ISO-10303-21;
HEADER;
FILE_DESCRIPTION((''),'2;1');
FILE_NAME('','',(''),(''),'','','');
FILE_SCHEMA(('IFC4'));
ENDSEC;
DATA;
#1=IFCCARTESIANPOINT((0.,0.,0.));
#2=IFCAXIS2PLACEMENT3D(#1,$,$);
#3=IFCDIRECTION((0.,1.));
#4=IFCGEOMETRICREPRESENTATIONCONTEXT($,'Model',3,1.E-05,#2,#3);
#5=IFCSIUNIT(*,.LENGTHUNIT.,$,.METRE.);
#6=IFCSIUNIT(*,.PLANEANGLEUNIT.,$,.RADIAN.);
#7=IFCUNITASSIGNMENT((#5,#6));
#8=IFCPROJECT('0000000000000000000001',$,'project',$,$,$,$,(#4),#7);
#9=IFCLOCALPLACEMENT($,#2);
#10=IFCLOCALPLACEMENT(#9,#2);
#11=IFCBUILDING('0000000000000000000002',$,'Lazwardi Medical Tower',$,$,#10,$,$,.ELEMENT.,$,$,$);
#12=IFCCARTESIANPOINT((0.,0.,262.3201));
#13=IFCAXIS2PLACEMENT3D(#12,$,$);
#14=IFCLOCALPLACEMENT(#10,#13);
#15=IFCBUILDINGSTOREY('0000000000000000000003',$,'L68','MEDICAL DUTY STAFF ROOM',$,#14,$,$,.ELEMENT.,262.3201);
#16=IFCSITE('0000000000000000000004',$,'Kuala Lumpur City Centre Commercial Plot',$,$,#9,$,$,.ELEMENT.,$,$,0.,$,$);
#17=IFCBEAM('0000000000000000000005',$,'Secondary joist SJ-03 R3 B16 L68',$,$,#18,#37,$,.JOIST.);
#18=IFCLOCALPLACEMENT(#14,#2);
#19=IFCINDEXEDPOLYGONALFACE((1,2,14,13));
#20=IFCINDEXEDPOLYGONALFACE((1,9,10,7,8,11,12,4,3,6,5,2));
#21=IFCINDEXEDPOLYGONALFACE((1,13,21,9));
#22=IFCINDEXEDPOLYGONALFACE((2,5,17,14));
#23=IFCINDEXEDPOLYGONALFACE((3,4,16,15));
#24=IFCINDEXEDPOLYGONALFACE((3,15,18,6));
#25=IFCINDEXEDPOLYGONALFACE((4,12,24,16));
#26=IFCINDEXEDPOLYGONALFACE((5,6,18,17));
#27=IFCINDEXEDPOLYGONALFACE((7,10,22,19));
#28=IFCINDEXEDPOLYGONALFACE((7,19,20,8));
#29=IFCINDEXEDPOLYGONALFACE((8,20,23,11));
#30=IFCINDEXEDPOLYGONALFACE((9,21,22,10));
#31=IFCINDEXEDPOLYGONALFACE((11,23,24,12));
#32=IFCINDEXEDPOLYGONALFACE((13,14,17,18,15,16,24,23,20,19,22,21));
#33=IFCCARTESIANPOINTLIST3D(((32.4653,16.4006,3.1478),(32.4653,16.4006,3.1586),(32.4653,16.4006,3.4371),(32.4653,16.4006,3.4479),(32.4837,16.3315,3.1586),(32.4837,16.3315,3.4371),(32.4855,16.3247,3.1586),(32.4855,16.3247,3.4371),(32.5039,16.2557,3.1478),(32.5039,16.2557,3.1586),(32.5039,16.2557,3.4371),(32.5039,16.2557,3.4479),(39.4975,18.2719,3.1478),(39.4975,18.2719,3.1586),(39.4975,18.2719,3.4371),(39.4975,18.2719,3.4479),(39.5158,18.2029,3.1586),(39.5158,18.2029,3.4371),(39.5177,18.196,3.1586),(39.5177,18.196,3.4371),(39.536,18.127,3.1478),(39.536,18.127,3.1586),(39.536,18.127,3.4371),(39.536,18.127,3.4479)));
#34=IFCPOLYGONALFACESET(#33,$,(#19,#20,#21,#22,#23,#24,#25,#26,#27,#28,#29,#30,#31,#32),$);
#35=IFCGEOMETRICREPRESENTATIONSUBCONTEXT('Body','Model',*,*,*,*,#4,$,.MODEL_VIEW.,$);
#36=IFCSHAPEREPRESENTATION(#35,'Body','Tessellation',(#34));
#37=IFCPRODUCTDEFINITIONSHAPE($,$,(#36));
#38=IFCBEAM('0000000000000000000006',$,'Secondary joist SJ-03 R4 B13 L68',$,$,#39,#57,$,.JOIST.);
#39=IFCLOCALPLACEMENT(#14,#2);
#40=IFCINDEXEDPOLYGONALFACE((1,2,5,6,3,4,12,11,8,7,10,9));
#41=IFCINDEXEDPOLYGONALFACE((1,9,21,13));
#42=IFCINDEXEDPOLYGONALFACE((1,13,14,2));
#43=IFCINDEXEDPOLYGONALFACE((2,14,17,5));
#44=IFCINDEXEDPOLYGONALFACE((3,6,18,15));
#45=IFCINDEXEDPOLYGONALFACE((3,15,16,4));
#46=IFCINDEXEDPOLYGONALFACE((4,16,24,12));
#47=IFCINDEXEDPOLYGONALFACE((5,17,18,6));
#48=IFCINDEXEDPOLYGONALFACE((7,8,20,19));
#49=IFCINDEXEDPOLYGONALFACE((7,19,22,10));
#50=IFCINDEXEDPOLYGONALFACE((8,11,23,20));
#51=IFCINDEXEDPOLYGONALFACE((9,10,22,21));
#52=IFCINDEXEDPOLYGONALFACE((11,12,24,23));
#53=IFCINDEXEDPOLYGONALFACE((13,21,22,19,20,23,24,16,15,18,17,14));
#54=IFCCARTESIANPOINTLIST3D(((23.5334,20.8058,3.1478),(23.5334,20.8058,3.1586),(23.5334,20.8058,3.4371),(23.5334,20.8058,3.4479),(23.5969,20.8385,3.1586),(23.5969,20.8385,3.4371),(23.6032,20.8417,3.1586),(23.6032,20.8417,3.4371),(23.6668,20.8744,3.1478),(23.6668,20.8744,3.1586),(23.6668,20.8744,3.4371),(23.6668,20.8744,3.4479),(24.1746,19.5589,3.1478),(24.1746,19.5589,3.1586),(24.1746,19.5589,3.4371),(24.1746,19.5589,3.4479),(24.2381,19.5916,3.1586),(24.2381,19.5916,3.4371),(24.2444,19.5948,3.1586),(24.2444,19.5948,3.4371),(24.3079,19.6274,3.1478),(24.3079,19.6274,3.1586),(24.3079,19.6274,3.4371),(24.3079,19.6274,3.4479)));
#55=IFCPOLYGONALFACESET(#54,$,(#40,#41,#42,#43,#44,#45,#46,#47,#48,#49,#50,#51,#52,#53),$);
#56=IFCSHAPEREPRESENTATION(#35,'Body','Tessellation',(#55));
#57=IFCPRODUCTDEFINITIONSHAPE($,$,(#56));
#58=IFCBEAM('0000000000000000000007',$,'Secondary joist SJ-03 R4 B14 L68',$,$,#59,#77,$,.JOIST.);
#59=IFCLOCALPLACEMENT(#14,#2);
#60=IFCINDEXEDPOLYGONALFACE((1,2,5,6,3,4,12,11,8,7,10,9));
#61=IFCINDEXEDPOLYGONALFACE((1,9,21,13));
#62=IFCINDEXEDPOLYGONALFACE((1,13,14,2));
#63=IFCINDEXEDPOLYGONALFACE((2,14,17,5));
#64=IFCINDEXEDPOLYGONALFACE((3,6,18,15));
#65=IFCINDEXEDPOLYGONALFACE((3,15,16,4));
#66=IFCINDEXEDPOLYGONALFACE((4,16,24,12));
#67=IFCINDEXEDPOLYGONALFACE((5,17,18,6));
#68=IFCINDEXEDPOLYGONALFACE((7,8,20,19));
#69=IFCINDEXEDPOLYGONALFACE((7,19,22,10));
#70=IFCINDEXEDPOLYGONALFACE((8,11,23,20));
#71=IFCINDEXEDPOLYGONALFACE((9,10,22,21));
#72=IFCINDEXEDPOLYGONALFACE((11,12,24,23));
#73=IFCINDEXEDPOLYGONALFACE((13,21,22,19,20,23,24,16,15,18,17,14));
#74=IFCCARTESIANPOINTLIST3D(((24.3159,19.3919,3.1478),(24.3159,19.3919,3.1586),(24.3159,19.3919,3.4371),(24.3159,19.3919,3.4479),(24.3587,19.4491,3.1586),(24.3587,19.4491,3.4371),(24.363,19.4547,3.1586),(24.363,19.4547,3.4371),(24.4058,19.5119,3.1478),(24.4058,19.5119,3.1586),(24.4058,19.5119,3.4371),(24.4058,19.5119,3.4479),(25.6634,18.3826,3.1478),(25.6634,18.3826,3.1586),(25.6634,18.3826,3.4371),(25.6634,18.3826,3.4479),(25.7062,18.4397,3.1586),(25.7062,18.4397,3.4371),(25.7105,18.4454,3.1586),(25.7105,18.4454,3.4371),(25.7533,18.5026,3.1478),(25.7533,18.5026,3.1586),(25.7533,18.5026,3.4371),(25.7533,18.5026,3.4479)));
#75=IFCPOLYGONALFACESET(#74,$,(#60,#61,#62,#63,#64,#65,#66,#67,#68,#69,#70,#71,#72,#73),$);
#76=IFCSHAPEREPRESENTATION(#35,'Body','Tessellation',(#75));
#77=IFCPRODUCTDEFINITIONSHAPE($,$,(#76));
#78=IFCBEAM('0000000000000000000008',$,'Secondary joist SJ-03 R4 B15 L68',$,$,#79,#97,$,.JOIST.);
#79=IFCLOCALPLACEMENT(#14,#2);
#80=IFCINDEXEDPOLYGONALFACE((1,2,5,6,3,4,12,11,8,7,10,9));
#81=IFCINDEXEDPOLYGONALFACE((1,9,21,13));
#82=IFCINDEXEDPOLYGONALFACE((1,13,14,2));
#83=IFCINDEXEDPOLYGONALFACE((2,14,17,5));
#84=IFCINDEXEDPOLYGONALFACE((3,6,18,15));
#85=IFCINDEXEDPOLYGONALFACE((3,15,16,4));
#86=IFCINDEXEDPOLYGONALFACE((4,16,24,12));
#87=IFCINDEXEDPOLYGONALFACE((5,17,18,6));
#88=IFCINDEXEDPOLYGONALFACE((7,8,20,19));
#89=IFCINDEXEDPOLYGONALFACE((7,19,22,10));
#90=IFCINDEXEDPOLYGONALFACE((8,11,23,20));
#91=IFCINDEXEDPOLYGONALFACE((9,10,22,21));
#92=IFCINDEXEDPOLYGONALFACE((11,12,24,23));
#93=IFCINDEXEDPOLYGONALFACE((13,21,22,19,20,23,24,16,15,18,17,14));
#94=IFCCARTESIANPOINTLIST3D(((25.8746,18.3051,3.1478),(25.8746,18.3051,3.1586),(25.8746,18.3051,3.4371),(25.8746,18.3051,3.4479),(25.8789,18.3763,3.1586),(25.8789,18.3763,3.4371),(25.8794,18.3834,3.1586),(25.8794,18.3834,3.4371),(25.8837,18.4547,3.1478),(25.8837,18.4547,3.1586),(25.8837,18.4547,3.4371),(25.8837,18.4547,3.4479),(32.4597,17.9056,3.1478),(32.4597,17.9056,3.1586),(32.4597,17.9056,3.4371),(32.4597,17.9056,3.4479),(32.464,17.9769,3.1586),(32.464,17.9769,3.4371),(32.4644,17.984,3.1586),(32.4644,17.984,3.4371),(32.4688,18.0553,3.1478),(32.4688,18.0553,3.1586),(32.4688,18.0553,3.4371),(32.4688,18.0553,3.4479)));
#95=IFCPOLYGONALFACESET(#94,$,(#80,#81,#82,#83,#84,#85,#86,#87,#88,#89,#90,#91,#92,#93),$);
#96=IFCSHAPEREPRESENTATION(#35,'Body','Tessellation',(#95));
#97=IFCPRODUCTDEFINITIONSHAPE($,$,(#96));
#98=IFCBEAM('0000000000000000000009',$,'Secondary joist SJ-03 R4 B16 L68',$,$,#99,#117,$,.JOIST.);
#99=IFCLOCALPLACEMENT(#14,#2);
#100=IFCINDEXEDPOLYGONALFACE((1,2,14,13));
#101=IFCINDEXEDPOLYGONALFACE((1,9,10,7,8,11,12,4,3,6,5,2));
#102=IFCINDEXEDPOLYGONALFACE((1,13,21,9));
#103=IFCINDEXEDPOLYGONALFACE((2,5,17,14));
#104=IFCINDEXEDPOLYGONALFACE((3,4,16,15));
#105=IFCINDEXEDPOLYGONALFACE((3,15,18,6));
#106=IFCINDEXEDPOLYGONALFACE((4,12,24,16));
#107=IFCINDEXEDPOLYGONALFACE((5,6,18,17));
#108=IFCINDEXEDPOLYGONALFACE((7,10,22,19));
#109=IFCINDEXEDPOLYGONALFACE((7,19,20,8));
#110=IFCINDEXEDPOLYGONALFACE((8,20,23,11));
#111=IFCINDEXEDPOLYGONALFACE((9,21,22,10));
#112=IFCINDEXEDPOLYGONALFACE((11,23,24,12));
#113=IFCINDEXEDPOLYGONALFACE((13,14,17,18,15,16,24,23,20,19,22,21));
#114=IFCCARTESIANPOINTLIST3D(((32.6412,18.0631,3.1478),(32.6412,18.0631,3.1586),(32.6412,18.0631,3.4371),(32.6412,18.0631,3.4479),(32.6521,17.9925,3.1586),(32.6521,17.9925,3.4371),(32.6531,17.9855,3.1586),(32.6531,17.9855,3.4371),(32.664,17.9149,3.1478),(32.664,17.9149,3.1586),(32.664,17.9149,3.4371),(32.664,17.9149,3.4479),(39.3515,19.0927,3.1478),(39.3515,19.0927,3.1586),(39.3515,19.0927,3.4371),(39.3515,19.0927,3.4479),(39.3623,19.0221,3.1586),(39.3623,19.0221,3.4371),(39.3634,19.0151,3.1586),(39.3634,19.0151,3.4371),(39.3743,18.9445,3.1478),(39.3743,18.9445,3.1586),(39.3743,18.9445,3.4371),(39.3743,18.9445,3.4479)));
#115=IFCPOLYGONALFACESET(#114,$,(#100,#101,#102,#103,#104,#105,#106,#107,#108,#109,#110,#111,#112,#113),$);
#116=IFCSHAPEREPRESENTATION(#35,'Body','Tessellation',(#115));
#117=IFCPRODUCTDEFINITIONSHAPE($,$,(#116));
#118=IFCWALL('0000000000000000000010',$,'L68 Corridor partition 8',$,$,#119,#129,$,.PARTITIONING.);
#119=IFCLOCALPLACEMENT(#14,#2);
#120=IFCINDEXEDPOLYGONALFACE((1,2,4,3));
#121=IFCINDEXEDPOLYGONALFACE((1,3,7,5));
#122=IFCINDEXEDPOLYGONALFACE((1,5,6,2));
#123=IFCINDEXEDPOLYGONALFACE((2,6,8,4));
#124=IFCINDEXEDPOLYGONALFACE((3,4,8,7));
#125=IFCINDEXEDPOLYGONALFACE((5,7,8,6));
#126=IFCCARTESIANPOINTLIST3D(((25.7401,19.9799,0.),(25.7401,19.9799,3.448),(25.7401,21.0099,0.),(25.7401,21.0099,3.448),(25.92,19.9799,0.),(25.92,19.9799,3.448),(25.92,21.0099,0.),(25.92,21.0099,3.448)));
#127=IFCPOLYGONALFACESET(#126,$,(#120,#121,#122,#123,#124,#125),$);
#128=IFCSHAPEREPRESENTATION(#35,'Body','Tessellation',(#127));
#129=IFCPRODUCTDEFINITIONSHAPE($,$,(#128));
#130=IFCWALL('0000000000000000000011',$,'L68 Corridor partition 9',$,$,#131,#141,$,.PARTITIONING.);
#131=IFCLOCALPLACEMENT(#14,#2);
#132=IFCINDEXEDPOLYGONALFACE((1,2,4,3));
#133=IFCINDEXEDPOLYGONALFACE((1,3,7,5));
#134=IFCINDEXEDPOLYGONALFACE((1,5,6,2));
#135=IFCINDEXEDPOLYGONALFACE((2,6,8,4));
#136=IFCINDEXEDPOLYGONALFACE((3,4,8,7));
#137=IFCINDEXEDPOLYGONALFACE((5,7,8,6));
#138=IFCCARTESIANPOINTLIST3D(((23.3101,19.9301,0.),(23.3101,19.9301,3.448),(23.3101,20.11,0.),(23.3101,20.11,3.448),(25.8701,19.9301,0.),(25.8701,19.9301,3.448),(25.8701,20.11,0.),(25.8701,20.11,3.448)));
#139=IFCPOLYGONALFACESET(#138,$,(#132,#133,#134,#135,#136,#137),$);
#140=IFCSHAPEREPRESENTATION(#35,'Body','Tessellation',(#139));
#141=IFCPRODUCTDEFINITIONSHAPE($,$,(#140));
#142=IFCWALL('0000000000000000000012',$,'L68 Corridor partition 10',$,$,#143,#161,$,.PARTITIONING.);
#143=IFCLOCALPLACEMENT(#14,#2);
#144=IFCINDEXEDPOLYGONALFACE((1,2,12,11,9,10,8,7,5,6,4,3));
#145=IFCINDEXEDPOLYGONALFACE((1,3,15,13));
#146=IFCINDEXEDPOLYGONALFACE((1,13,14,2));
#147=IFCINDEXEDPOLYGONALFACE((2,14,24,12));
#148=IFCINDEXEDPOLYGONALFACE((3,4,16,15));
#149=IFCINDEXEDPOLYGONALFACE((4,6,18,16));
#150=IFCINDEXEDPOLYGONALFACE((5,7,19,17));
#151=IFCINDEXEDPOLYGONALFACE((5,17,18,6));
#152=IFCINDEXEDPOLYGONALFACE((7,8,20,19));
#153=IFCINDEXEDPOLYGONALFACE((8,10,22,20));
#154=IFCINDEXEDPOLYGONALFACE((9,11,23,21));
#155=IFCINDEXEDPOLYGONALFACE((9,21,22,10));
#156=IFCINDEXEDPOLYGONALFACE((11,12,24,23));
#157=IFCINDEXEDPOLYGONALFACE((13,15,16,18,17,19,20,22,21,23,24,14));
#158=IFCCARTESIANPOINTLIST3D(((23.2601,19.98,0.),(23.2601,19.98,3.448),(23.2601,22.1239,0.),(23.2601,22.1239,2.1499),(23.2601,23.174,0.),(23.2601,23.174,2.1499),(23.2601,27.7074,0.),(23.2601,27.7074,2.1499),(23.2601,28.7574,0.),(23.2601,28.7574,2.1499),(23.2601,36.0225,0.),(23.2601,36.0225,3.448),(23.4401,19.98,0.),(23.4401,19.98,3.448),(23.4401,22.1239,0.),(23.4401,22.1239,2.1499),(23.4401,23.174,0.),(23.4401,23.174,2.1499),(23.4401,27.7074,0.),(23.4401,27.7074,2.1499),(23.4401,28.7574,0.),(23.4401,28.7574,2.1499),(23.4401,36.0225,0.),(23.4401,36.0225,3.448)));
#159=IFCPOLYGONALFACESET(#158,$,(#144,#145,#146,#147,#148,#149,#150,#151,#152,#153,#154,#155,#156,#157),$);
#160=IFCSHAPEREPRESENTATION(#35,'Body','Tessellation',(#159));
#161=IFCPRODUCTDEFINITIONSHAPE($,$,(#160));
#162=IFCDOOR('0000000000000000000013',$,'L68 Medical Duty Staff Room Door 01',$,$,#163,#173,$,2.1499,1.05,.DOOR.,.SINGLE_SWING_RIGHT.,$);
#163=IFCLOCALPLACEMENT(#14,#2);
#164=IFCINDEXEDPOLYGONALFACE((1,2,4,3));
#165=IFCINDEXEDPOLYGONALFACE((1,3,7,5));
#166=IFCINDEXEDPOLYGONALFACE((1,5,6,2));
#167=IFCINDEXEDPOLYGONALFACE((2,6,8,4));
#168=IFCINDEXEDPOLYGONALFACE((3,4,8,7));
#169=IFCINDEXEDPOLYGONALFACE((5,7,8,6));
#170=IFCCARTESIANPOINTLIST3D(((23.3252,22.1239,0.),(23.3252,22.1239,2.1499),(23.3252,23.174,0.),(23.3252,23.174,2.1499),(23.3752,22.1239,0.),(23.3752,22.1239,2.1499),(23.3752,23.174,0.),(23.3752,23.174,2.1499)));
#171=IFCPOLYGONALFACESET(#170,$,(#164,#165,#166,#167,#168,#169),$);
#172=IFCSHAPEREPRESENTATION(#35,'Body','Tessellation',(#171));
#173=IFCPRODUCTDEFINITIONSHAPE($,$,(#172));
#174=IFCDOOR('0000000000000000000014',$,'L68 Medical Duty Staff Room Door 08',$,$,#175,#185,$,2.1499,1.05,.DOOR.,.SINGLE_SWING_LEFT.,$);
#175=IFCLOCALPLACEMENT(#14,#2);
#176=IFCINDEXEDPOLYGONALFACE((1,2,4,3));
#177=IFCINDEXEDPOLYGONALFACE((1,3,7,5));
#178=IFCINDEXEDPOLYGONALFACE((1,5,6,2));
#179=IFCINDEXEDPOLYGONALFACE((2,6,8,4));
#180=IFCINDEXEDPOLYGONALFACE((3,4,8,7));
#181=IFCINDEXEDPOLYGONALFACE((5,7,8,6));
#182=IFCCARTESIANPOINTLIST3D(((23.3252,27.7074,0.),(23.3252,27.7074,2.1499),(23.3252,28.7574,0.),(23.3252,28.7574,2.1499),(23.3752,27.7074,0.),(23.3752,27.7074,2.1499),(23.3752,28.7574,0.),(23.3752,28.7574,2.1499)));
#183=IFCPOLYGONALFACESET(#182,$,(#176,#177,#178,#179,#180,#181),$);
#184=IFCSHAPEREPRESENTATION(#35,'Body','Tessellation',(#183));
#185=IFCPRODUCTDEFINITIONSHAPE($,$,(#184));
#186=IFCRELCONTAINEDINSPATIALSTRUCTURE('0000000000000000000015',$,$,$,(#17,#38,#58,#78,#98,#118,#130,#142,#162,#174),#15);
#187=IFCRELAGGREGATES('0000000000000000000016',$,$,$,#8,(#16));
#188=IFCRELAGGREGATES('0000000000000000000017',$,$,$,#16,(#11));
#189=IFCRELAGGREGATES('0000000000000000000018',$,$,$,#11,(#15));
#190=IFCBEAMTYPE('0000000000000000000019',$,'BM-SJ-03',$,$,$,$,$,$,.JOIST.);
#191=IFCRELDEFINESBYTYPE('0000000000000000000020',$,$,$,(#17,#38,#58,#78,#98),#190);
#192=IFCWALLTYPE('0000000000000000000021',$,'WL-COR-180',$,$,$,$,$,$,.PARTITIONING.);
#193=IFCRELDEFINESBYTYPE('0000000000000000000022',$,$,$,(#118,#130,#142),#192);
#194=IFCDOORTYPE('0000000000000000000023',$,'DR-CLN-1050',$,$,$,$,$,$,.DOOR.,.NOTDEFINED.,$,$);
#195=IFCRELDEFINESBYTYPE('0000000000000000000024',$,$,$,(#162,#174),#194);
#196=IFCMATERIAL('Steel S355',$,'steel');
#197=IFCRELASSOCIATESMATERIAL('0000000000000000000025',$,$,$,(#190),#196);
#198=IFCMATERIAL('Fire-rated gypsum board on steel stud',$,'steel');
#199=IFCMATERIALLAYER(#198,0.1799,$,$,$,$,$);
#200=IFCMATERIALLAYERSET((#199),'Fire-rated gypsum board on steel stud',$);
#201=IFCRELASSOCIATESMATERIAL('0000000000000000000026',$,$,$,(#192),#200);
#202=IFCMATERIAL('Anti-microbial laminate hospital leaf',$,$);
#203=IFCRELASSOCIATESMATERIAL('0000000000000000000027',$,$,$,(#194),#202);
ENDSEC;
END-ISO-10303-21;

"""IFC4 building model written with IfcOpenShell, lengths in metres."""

from ifc_helpers import new_model, si_unit, direction, frame, frame_2d, origin, origin_2d, place, context, subcontext, project, spatial, rectangle, i_section, extrude, material, layer, layer_set, material_profile, profile_set, type_object, element, fill, save


model = new_model("IFC4")

# Units and contexts
model_context = context("Model", 3, precision=1e-05, world=origin(), true_north=direction((0.0, 1.0)))
body_context = subcontext(model_context, "Body", "Model", "MODEL_VIEW")
ifc_project = project(units=[si_unit("LENGTHUNIT", "METRE"), si_unit("PLANEANGLEUNIT", "RADIAN")], contexts=[model_context])

# Site, building, storey
site_placement = place(None, origin())
site = spatial("IfcSite", under=ifc_project, at=site_placement, Name="Kuala Lumpur City Centre Commercial Plot", CompositionType="ELEMENT", RefElevation=0.0)
building_placement = place(site_placement, origin())
building = spatial("IfcBuilding", under=site, at=building_placement, Name="Lazwardi Medical Tower", CompositionType="ELEMENT")
storey_placement = place(building_placement, frame((0.0, 0.0, 262.3201)))
storey = spatial("IfcBuildingStorey", under=building, at=storey_placement, Name="L68", Description="MEDICAL DUTY STAFF ROOM", CompositionType="ELEMENT", Elevation=262.3201)

# Beams
ifc_material_1 = material(Name="Steel S355", Category="steel")
ifc_material_profile_1 = material_profile(ifc_material_1, i_section(OverallWidth=0.1499, OverallDepth=0.3, WebThickness=0.0071, FlangeThickness=0.0107, at=origin_2d()), Name="IPE 300")
ifc_profile_set_1 = profile_set([ifc_material_profile_1], Name="Steel S355")
beam_type_1 = type_object("IfcBeamType", Name="BM-SJ-03", PredefinedType="JOIST", material=ifc_profile_set_1)
beam_1_placement = place(storey_placement, frame((32.4846, 16.3281, 3.2979), z_axis=(0.966369, 0.257159, 0.0), x_axis=(-0.257159, 0.966369, 0.0)))
element("IfcBeam", 1, at=beam_1_placement, inside=storey, type_object=beam_type_1, Name="Secondary joist SJ-03 R3 B16 L68", PredefinedType="JOIST", context=body_context, shape_type="SweptSolid", body=[
    extrude(i_section(OverallWidth=0.1499, OverallDepth=0.3, WebThickness=0.0071, FlangeThickness=0.0107, at=origin_2d()), origin(), (0.0, 0.0, 1.0), 7.2769),
])
beam_2_placement = place(storey_placement, frame((23.6001, 20.8401, 3.2979), z_axis=(0.457285, -0.88932, 0.0), x_axis=(0.88932, 0.457285, 0.0)))
element("IfcBeam", 2, at=beam_2_placement, inside=storey, type_object=beam_type_1, Name="Secondary joist SJ-03 R4 B13 L68", PredefinedType="JOIST", context=body_context, shape_type="SweptSolid", body=[
    extrude(i_section(OverallWidth=0.1499, OverallDepth=0.3, WebThickness=0.0071, FlangeThickness=0.0107, at=origin_2d()), origin(), (0.0, 0.0, 1.0), 1.4021),
])
beam_3_placement = place(storey_placement, frame((24.3608, 19.4519, 3.2979), z_axis=(0.800365, -0.599513, 0.0), x_axis=(0.599513, 0.800365, 0.0)))
element("IfcBeam", 3, at=beam_3_placement, inside=storey, type_object=beam_type_1, Name="Secondary joist SJ-03 R4 B14 L68", PredefinedType="JOIST", context=body_context, shape_type="SweptSolid", body=[
    extrude(i_section(OverallWidth=0.1499, OverallDepth=0.3, WebThickness=0.0071, FlangeThickness=0.0107, at=origin_2d()), origin(), (0.0, 0.0, 1.0), 1.6836),
])
beam_4_placement = place(storey_placement, frame((25.8792, 18.3799, 3.2979), z_axis=(0.998166, -0.060544, 0.0), x_axis=(0.060544, 0.998166, 0.0)))
element("IfcBeam", 4, at=beam_4_placement, inside=storey, type_object=beam_type_1, Name="Secondary joist SJ-03 R4 B15 L68", PredefinedType="JOIST", context=body_context, shape_type="SweptSolid", body=[
    extrude(i_section(OverallWidth=0.1499, OverallDepth=0.3, WebThickness=0.0071, FlangeThickness=0.0107, at=origin_2d()), origin(), (0.0, 0.0, 1.0), 6.5972),
])
beam_5_placement = place(storey_placement, frame((32.6526, 17.989, 3.2979), z_axis=(0.988434, 0.151655, 0.0), x_axis=(-0.151655, 0.988434, 0.0)))
element("IfcBeam", 5, at=beam_5_placement, inside=storey, type_object=beam_type_1, Name="Secondary joist SJ-03 R4 B16 L68", PredefinedType="JOIST", context=body_context, shape_type="SweptSolid", body=[
    extrude(i_section(OverallWidth=0.1499, OverallDepth=0.3, WebThickness=0.0071, FlangeThickness=0.0107, at=origin_2d()), origin(), (0.0, 0.0, 1.0), 6.7888),
])

# Walls
ifc_material_2 = material(Name="Fire-rated gypsum board on steel stud", Category="steel")
ifc_layer_1 = layer(ifc_material_2, 0.1799)
ifc_layer_set_1 = layer_set([ifc_layer_1], Name="Fire-rated gypsum board on steel stud")
wall_type_1 = type_object("IfcWallType", Name="WL-COR-180", PredefinedType="PARTITIONING", material=ifc_layer_set_1)
wall_1_placement = place(storey_placement, frame((25.8301, 21.01, 0.0), z_axis=(0.0, 0.0, 1.0), x_axis=(0.0, -1.0, 0.0)))
element("IfcWall", 6, at=wall_1_placement, inside=storey, type_object=wall_type_1, Name="L68 Corridor partition 8", PredefinedType="PARTITIONING", context=body_context, shape_type="SweptSolid", body=[
    extrude(rectangle(XDim=1.03, YDim=0.1799, at=frame_2d((0.5151, 0.0))), origin(), (0.0, 0.0, 1.0), 3.448),
])
wall_2_placement = place(storey_placement, frame((25.8701, 20.02, 0.0), z_axis=(0.0, 0.0, 1.0), x_axis=(-1.0, 0.0, 0.0)))
element("IfcWall", 7, at=wall_2_placement, inside=storey, type_object=wall_type_1, Name="L68 Corridor partition 9", PredefinedType="PARTITIONING", context=body_context, shape_type="SweptSolid", body=[
    extrude(rectangle(XDim=2.5601, YDim=0.1799, at=frame_2d((1.28, 0.0))), origin(), (0.0, 0.0, 1.0), 3.448),
])

# Wall, openings, doors
wall_3_placement = place(storey_placement, frame((23.3501, 19.98, 0.0), z_axis=(0.0, 0.0, 1.0), x_axis=(0.0, 1.0, 0.0)))
wall_3 = element("IfcWall", 8, at=wall_3_placement, inside=storey, type_object=wall_type_1, Name="L68 Corridor partition 10", PredefinedType="PARTITIONING", context=body_context, shape_type="SweptSolid", body=[
    extrude(rectangle(XDim=16.0425, YDim=0.1799, at=frame_2d((8.0212, 0.0))), origin(), (0.0, 0.0, 1.0), 3.448),
])
opening_1_placement = place(wall_3_placement, frame((2.144, 0.0, 0.0)))
opening_1 = element("IfcOpeningElement", 9, at=opening_1_placement, cuts=wall_3, PredefinedType="OPENING", context=body_context, shape_type="SweptSolid", body=[
    extrude(rectangle(XDim=1.05, YDim=2.1499, at=frame_2d((0.5249, 1.075))), frame((0.0, 0.0999, 0.0), z_axis=(0.0, -1.0, 0.0), x_axis=(1.0, 0.0, 0.0)), (0.0, 0.0, 1.0), 0.2),
])
opening_2_placement = place(wall_3_placement, frame((7.7275, 0.0, 0.0)))
opening_2 = element("IfcOpeningElement", 10, at=opening_2_placement, cuts=wall_3, PredefinedType="OPENING", context=body_context, shape_type="SweptSolid", body=[
    extrude(rectangle(XDim=1.05, YDim=2.1499, at=frame_2d((0.5249, 1.075))), frame((0.0, 0.0999, 0.0), z_axis=(0.0, -1.0, 0.0), x_axis=(1.0, 0.0, 0.0)), (0.0, 0.0, 1.0), 0.2),
])
ifc_material_3 = material(Name="Anti-microbial laminate hospital leaf")
door_type_1 = type_object("IfcDoorType", Name="DR-CLN-1050", OperationType="NOTDEFINED", PredefinedType="DOOR", material=ifc_material_3)
door_1_placement = place(opening_1_placement, origin())
door_1 = element("IfcDoor", 11, at=door_1_placement, inside=storey, type_object=door_type_1, Name="L68 Medical Duty Staff Room Door 01", OperationType="SINGLE_SWING_RIGHT", OverallHeight=2.1499, OverallWidth=1.05, PredefinedType="DOOR", context=body_context, shape_type="SweptSolid", body=[
    extrude(rectangle(XDim=1.05, YDim=2.1499, at=frame_2d((0.5249, 1.075))), frame((0.0, 0.0249, 0.0), z_axis=(0.0, -1.0, 0.0), x_axis=(1.0, 0.0, 0.0)), (0.0, 0.0, 1.0), 0.05),
])
fill(opening_1, door_1)
door_2_placement = place(opening_2_placement, origin())
door_2 = element("IfcDoor", 12, at=door_2_placement, inside=storey, type_object=door_type_1, Name="L68 Medical Duty Staff Room Door 08", OperationType="SINGLE_SWING_LEFT", OverallHeight=2.1499, OverallWidth=1.05, PredefinedType="DOOR", context=body_context, shape_type="SweptSolid", body=[
    extrude(rectangle(XDim=1.05, YDim=2.1499, at=frame_2d((0.5249, 1.075))), frame((0.0, 0.0249, 0.0), z_axis=(0.0, -1.0, 0.0), x_axis=(1.0, 0.0, 0.0)), (0.0, 0.0, 1.0), 0.05),
])
fill(opening_2, door_2)

save(model, "model.ifc")
